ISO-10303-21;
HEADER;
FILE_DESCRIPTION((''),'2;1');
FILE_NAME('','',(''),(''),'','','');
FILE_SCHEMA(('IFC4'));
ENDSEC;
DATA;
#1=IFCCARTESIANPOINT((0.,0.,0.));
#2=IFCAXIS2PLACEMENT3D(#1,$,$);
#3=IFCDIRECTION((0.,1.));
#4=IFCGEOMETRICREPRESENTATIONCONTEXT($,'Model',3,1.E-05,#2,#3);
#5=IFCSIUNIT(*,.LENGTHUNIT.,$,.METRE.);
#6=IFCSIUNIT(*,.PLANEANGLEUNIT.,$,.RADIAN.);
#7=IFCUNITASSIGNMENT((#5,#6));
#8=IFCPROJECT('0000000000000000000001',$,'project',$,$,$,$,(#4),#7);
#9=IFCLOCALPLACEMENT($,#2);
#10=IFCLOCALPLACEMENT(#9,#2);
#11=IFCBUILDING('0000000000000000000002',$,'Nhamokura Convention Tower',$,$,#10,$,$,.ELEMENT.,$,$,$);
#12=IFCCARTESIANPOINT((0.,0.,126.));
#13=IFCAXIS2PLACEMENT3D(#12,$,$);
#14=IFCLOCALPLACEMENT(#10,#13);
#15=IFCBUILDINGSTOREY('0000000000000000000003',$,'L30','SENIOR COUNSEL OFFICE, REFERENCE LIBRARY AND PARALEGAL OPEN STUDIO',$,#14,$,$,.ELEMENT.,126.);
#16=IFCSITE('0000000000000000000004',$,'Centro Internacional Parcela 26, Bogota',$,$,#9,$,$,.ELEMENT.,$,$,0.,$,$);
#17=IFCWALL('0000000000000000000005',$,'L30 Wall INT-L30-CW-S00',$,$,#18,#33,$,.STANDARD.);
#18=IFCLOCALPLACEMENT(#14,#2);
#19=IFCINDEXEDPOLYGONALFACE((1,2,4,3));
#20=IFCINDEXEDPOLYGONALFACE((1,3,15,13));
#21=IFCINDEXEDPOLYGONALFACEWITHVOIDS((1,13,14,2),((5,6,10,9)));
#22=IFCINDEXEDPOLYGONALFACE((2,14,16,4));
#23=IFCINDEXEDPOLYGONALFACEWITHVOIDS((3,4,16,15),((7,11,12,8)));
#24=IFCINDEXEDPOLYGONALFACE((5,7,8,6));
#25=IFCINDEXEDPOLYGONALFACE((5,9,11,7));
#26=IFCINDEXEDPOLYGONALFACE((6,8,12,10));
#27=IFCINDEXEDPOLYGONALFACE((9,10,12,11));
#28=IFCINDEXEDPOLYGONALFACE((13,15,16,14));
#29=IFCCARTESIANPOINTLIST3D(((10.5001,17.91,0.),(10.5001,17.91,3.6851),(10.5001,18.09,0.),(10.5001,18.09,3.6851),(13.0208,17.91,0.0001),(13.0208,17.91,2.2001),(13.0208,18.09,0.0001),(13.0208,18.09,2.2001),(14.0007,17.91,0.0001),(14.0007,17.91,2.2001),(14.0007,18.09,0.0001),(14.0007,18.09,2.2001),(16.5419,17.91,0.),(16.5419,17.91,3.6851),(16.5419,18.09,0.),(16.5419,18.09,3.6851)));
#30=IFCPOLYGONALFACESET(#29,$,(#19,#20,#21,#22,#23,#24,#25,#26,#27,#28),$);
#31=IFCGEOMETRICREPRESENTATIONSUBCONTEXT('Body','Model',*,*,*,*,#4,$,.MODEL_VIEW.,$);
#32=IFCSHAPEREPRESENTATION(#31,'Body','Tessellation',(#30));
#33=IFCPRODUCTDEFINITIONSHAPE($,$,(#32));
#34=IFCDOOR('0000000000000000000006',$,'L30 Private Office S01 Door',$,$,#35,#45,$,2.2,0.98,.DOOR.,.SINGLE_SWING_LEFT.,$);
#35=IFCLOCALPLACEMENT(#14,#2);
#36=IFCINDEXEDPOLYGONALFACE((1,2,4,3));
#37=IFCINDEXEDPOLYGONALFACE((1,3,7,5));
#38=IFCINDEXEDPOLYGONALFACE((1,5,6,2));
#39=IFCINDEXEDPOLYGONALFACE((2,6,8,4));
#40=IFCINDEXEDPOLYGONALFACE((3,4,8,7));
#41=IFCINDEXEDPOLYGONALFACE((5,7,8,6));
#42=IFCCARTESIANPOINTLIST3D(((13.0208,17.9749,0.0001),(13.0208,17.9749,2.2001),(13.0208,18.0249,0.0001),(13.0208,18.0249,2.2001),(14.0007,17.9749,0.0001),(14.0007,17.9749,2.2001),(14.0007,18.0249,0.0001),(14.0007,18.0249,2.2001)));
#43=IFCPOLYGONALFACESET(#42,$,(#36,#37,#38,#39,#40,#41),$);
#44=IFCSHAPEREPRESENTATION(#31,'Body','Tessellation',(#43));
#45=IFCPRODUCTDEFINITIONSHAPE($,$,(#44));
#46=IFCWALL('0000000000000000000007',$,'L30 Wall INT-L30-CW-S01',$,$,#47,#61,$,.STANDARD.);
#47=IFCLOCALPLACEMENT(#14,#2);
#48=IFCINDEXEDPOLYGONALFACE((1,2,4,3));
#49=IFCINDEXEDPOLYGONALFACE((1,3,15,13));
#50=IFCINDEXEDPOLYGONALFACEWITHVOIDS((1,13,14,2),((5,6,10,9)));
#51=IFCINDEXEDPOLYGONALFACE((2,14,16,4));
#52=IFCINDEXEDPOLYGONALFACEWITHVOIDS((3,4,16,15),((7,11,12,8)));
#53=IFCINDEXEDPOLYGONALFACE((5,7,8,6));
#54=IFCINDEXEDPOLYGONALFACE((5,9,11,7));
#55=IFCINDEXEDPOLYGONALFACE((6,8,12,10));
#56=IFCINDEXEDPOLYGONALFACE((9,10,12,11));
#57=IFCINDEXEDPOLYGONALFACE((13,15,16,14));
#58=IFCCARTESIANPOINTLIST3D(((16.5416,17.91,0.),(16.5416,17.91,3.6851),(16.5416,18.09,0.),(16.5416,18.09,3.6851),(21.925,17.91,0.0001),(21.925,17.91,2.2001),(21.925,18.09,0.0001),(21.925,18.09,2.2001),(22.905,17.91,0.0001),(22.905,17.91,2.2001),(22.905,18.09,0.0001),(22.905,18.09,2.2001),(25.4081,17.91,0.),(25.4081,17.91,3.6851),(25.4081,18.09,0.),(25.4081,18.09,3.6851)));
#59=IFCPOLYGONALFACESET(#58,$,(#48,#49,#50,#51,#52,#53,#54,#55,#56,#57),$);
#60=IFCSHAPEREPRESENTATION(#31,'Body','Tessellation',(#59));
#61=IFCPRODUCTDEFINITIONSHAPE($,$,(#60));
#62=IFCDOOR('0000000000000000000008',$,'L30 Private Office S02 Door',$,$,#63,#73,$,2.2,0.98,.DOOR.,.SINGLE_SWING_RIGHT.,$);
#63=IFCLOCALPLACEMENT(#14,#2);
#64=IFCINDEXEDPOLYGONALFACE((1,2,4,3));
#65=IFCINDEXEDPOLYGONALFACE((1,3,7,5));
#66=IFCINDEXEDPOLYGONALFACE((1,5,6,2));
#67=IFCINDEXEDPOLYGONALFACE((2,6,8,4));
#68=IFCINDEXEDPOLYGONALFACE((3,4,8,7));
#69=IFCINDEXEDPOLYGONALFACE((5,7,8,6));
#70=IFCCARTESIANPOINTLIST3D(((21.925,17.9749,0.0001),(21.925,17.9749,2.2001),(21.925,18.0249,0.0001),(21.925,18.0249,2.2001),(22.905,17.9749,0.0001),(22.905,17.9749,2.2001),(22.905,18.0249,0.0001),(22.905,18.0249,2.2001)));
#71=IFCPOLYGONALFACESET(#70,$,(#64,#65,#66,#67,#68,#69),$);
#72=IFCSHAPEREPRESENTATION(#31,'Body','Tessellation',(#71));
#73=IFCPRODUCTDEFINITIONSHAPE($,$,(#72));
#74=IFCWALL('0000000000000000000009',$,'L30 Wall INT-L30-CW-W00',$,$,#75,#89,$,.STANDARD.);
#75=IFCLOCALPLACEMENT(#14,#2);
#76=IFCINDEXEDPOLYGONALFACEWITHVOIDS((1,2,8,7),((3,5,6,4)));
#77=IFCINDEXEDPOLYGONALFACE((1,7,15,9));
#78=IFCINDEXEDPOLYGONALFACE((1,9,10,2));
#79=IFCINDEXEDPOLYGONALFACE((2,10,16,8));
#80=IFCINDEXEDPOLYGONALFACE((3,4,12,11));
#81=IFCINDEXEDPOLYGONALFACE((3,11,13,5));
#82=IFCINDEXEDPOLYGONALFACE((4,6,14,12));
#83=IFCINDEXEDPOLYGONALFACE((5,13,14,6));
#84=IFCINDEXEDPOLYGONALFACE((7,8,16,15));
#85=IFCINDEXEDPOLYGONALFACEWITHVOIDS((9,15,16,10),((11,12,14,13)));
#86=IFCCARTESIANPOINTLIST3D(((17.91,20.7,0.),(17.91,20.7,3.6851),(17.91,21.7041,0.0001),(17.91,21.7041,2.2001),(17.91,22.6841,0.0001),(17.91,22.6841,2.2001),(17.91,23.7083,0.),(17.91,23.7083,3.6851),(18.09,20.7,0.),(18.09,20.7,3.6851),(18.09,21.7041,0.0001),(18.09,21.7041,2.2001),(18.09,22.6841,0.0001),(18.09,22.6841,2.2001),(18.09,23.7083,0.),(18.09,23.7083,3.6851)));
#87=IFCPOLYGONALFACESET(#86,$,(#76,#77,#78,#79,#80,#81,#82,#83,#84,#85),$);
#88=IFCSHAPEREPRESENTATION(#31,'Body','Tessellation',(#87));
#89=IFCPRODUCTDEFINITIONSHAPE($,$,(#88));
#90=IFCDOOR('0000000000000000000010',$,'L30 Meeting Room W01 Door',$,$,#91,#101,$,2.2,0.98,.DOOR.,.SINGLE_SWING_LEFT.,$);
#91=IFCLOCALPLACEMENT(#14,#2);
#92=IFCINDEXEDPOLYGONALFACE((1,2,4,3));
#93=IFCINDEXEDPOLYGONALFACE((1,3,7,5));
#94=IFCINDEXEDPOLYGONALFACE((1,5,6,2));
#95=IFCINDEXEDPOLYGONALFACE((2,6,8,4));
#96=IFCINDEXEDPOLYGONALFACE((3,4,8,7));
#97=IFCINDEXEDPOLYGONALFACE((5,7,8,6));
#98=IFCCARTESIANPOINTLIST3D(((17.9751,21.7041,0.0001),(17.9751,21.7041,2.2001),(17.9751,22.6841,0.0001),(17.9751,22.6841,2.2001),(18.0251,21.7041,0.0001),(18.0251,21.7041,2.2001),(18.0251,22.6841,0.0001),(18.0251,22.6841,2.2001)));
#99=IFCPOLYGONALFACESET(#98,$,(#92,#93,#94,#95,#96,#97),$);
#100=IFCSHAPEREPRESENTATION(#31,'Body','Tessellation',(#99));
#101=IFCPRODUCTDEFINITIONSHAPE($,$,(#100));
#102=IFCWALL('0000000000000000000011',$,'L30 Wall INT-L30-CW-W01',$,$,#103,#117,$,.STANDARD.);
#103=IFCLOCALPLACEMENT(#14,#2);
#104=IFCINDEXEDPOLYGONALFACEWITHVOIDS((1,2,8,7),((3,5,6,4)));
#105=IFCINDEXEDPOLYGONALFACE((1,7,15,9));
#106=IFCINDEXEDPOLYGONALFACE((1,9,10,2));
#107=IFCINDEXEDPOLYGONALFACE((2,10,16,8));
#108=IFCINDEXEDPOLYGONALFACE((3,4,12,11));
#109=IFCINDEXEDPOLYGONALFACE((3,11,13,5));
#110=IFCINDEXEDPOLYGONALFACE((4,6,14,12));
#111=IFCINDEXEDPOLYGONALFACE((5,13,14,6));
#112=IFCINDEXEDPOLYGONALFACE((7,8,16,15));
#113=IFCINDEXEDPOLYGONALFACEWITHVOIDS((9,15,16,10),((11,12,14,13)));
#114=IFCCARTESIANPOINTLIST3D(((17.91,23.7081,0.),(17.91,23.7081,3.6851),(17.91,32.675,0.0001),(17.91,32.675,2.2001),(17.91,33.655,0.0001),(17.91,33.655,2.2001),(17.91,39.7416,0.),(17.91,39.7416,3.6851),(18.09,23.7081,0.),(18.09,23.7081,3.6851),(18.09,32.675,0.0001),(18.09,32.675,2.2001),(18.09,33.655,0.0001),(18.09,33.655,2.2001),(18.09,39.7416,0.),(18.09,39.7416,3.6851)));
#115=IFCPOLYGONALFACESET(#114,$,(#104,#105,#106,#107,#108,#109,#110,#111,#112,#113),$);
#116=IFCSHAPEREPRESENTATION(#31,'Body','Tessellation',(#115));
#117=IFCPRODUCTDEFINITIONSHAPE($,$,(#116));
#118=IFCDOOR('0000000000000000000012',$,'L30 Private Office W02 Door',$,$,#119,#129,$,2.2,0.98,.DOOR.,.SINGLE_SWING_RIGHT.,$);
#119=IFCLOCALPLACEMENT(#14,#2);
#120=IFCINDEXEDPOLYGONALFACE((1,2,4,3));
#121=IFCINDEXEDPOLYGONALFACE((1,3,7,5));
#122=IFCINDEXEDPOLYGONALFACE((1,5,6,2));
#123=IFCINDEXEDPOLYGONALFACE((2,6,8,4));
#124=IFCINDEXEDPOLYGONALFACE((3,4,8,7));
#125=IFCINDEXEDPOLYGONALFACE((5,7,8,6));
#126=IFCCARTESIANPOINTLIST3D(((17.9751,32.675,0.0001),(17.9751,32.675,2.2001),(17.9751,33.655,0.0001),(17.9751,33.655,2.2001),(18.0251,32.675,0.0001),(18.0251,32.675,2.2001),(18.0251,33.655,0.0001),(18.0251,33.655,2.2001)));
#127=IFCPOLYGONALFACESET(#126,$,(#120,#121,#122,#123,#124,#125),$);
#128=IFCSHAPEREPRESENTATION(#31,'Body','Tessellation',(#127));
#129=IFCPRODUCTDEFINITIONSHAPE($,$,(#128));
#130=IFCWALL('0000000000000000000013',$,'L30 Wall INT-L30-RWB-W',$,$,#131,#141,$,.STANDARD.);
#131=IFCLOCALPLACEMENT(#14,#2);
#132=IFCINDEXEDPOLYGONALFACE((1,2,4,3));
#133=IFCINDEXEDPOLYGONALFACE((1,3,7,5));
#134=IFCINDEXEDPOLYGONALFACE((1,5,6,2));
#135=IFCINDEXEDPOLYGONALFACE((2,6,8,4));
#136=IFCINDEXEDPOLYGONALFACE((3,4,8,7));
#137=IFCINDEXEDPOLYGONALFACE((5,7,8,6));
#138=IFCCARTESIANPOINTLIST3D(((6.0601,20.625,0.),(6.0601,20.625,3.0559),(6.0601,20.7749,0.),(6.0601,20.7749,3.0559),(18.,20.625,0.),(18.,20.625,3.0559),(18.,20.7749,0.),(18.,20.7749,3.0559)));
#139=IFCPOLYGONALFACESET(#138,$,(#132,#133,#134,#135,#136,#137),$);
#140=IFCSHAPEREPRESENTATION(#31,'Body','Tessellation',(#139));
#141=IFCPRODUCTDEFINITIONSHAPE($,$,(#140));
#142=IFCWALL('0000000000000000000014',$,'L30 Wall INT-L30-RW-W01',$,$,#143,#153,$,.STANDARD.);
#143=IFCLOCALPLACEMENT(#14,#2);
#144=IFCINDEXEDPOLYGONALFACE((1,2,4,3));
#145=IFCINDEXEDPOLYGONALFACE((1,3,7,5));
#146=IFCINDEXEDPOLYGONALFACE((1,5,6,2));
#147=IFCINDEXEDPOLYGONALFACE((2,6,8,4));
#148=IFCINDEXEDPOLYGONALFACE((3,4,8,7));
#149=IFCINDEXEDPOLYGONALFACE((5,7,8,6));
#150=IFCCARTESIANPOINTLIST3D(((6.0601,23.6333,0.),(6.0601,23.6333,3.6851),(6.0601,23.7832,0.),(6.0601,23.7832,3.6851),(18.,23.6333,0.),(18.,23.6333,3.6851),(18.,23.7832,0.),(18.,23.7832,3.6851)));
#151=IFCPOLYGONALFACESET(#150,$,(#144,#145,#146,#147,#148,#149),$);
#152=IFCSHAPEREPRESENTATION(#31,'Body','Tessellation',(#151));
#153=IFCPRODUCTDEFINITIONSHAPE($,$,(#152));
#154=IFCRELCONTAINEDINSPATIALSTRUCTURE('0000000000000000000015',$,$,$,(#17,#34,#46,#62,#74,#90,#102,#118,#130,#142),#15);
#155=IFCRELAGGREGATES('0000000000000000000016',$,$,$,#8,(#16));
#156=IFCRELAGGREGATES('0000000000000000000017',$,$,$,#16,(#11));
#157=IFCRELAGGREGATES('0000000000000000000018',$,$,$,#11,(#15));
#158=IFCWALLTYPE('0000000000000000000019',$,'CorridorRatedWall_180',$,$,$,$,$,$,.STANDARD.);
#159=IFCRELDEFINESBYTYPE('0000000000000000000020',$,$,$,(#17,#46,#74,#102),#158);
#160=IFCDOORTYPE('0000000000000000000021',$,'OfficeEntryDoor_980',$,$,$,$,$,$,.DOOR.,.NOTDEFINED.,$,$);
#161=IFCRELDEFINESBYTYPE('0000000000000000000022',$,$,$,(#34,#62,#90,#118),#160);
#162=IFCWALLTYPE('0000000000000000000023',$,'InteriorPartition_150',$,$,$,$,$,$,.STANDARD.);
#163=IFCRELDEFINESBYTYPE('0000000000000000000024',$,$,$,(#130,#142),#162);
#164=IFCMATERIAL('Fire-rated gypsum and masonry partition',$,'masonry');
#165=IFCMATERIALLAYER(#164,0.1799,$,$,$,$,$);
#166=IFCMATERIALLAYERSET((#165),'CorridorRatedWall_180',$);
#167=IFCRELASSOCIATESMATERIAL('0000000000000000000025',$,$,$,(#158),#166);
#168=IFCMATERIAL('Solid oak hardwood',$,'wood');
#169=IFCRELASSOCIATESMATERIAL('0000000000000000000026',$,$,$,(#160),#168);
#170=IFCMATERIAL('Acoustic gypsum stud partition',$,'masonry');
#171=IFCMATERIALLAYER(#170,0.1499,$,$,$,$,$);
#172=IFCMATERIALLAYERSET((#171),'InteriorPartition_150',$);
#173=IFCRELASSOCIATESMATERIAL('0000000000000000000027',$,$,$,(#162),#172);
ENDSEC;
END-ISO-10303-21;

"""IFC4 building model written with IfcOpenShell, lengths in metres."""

from ifc_helpers import new_model, si_unit, direction, frame, frame_2d, origin, place, context, subcontext, project, spatial, rectangle, extrude, material, layer, layer_set, type_object, element, fill, save


model = new_model("IFC4")

# Units and contexts
model_context = context("Model", 3, precision=1e-05, world=origin(), true_north=direction((0.0, 1.0)))
body_context = subcontext(model_context, "Body", "Model", "MODEL_VIEW")
ifc_project = project(units=[si_unit("LENGTHUNIT", "METRE"), si_unit("PLANEANGLEUNIT", "RADIAN")], contexts=[model_context])

# Site, building, storey
site_placement = place(None, origin())
site = spatial("IfcSite", under=ifc_project, at=site_placement, Name="Centro Internacional Parcela 26, Bogota", CompositionType="ELEMENT", RefElevation=0.0)
building_placement = place(site_placement, origin())
building = spatial("IfcBuilding", under=site, at=building_placement, Name="Nhamokura Convention Tower", CompositionType="ELEMENT")
storey_placement = place(building_placement, frame((0.0, 0.0, 126.0)))
storey = spatial("IfcBuildingStorey", under=building, at=storey_placement, Name="L30", Description="SENIOR COUNSEL OFFICE, REFERENCE LIBRARY AND PARALEGAL OPEN STUDIO", CompositionType="ELEMENT", Elevation=126.0)

# Walls, openings, doors
ifc_material_1 = material(Name="Fire-rated gypsum and masonry partition", Category="masonry")
ifc_layer_1 = layer(ifc_material_1, 0.1799)
ifc_layer_set_1 = layer_set([ifc_layer_1], Name="CorridorRatedWall_180")
wall_type_1 = type_object("IfcWallType", Name="CorridorRatedWall_180", PredefinedType="STANDARD", material=ifc_layer_set_1)
wall_1_placement = place(storey_placement, frame((10.5, 18.0, 0.0), z_axis=(0.0, 0.0, 1.0), x_axis=(1.0, 0.0, 0.0)))
wall_1 = element("IfcWall", 1, at=wall_1_placement, inside=storey, type_object=wall_type_1, Name="L30 Wall INT-L30-CW-S00", PredefinedType="STANDARD", context=body_context, shape_type="SweptSolid", body=[
    extrude(rectangle(XDim=6.0417, YDim=0.1799, at=frame_2d((3.021, 0.0))), origin(), (0.0, 0.0, 1.0), 3.6851),
])
opening_1_placement = place(wall_1_placement, frame((2.5208, 0.0, 0.0)))
opening_1 = element("IfcOpeningElement", 2, at=opening_1_placement, cuts=wall_1, PredefinedType="OPENING", context=body_context, shape_type="SweptSolid", body=[
    extrude(rectangle(XDim=0.98, YDim=2.2, at=frame_2d((0.49, 1.1001))), frame((0.0, 0.0999, 0.0), z_axis=(0.0, -1.0, 0.0), x_axis=(1.0, 0.0, 0.0)), (0.0, 0.0, 1.0), 0.2),
])
ifc_material_2 = material(Name="Solid oak hardwood", Category="wood")
door_type_1 = type_object("IfcDoorType", Name="OfficeEntryDoor_980", OperationType="NOTDEFINED", PredefinedType="DOOR", material=ifc_material_2)
door_1_placement = place(opening_1_placement, origin())
door_1 = element("IfcDoor", 3, at=door_1_placement, inside=storey, type_object=door_type_1, Name="L30 Private Office S01 Door", OperationType="SINGLE_SWING_LEFT", OverallHeight=2.2, OverallWidth=0.98, PredefinedType="DOOR", context=body_context, shape_type="SweptSolid", body=[
    extrude(rectangle(XDim=0.98, YDim=2.2, at=frame_2d((0.49, 1.1001))), frame((0.0, 0.0249, 0.0), z_axis=(0.0, -1.0, 0.0), x_axis=(1.0, 0.0, 0.0)), (0.0, 0.0, 1.0), 0.05),
])
fill(opening_1, door_1)
wall_2_placement = place(storey_placement, frame((16.5417, 18.0, 0.0), z_axis=(0.0, 0.0, 1.0), x_axis=(1.0, 0.0, 0.0)))
wall_2 = element("IfcWall", 4, at=wall_2_placement, inside=storey, type_object=wall_type_1, Name="L30 Wall INT-L30-CW-S01", PredefinedType="STANDARD", context=body_context, shape_type="SweptSolid", body=[
    extrude(rectangle(XDim=8.8665, YDim=0.1799, at=frame_2d((4.4331, 0.0))), origin(), (0.0, 0.0, 1.0), 3.6851),
])
opening_2_placement = place(wall_2_placement, frame((5.3833, 0.0, 0.0)))
opening_2 = element("IfcOpeningElement", 5, at=opening_2_placement, cuts=wall_2, PredefinedType="OPENING", context=body_context, shape_type="SweptSolid", body=[
    extrude(rectangle(XDim=0.98, YDim=2.2, at=frame_2d((0.49, 1.1001))), frame((0.0, 0.0999, 0.0), z_axis=(0.0, -1.0, 0.0), x_axis=(1.0, 0.0, 0.0)), (0.0, 0.0, 1.0), 0.2),
])
door_2_placement = place(opening_2_placement, origin())
door_2 = element("IfcDoor", 6, at=door_2_placement, inside=storey, type_object=door_type_1, Name="L30 Private Office S02 Door", OperationType="SINGLE_SWING_RIGHT", OverallHeight=2.2, OverallWidth=0.98, PredefinedType="DOOR", context=body_context, shape_type="SweptSolid", body=[
    extrude(rectangle(XDim=0.98, YDim=2.2, at=frame_2d((0.49, 1.1001))), frame((0.0, 0.0249, 0.0), z_axis=(0.0, -1.0, 0.0), x_axis=(1.0, 0.0, 0.0)), (0.0, 0.0, 1.0), 0.05),
])
fill(opening_2, door_2)
wall_3_placement = place(storey_placement, frame((18.0, 20.7, 0.0), z_axis=(0.0, 0.0, 1.0), x_axis=(0.0, 1.0, 0.0)))
wall_3 = element("IfcWall", 7, at=wall_3_placement, inside=storey, type_object=wall_type_1, Name="L30 Wall INT-L30-CW-W00", PredefinedType="STANDARD", context=body_context, shape_type="SweptSolid", body=[
    extrude(rectangle(XDim=3.0083, YDim=0.1799, at=frame_2d((1.5042, 0.0))), origin(), (0.0, 0.0, 1.0), 3.6851),
])
opening_3_placement = place(wall_3_placement, frame((1.0042, 0.0, 0.0)))
opening_3 = element("IfcOpeningElement", 8, at=opening_3_placement, cuts=wall_3, PredefinedType="OPENING", context=body_context, shape_type="SweptSolid", body=[
    extrude(rectangle(XDim=0.98, YDim=2.2, at=frame_2d((0.49, 1.1001))), frame((0.0, 0.0999, 0.0), z_axis=(0.0, -1.0, 0.0), x_axis=(1.0, 0.0, 0.0)), (0.0, 0.0, 1.0), 0.2),
])
door_3_placement = place(opening_3_placement, origin())
door_3 = element("IfcDoor", 9, at=door_3_placement, inside=storey, type_object=door_type_1, Name="L30 Meeting Room W01 Door", OperationType="SINGLE_SWING_LEFT", OverallHeight=2.2, OverallWidth=0.98, PredefinedType="DOOR", context=body_context, shape_type="SweptSolid", body=[
    extrude(rectangle(XDim=0.98, YDim=2.2, at=frame_2d((0.49, 1.1001))), frame((0.0, 0.0249, 0.0), z_axis=(0.0, -1.0, 0.0), x_axis=(1.0, 0.0, 0.0)), (0.0, 0.0, 1.0), 0.05),
])
fill(opening_3, door_3)
wall_4_placement = place(storey_placement, frame((18.0, 23.7083, 0.0), z_axis=(0.0, 0.0, 1.0), x_axis=(0.0, 1.0, 0.0)))
wall_4 = element("IfcWall", 10, at=wall_4_placement, inside=storey, type_object=wall_type_1, Name="L30 Wall INT-L30-CW-W01", PredefinedType="STANDARD", context=body_context, shape_type="SweptSolid", body=[
    extrude(rectangle(XDim=16.0334, YDim=0.1799, at=frame_2d((8.0166, 0.0))), origin(), (0.0, 0.0, 1.0), 3.6851),
])
opening_4_placement = place(wall_4_placement, frame((8.9668, 0.0, 0.0)))
opening_4 = element("IfcOpeningElement", 11, at=opening_4_placement, cuts=wall_4, PredefinedType="OPENING", context=body_context, shape_type="SweptSolid", body=[
    extrude(rectangle(XDim=0.98, YDim=2.2, at=frame_2d((0.49, 1.1001))), frame((0.0, 0.0999, 0.0), z_axis=(0.0, -1.0, 0.0), x_axis=(1.0, 0.0, 0.0)), (0.0, 0.0, 1.0), 0.2),
])
door_4_placement = place(opening_4_placement, origin())
door_4 = element("IfcDoor", 12, at=door_4_placement, inside=storey, type_object=door_type_1, Name="L30 Private Office W02 Door", OperationType="SINGLE_SWING_RIGHT", OverallHeight=2.2, OverallWidth=0.98, PredefinedType="DOOR", context=body_context, shape_type="SweptSolid", body=[
    extrude(rectangle(XDim=0.98, YDim=2.2, at=frame_2d((0.49, 1.1001))), frame((0.0, 0.0249, 0.0), z_axis=(0.0, -1.0, 0.0), x_axis=(1.0, 0.0, 0.0)), (0.0, 0.0, 1.0), 0.05),
])
fill(opening_4, door_4)

# Walls
ifc_material_3 = material(Name="Acoustic gypsum stud partition", Category="masonry")
ifc_layer_2 = layer(ifc_material_3, 0.1499)
ifc_layer_set_2 = layer_set([ifc_layer_2], Name="InteriorPartition_150")
wall_type_2 = type_object("IfcWallType", Name="InteriorPartition_150", PredefinedType="STANDARD", material=ifc_layer_set_2)
wall_5_placement = place(storey_placement, frame((6.0601, 20.7, 0.0), z_axis=(0.0, 0.0, 1.0), x_axis=(1.0, 0.0, 0.0)))
element("IfcWall", 13, at=wall_5_placement, inside=storey, type_object=wall_type_2, Name="L30 Wall INT-L30-RWB-W", PredefinedType="STANDARD", context=body_context, shape_type="SweptSolid", body=[
    extrude(rectangle(XDim=11.9399, YDim=0.1499, at=frame_2d((5.97, 0.0))), origin(), (0.0, 0.0, 1.0), 3.0559),
])
wall_6_placement = place(storey_placement, frame((6.0601, 23.7083, 0.0), z_axis=(0.0, 0.0, 1.0), x_axis=(1.0, 0.0, 0.0)))
element("IfcWall", 14, at=wall_6_placement, inside=storey, type_object=wall_type_2, Name="L30 Wall INT-L30-RW-W01", PredefinedType="STANDARD", context=body_context, shape_type="SweptSolid", body=[
    extrude(rectangle(XDim=11.9399, YDim=0.1499, at=frame_2d((5.97, 0.0))), origin(), (0.0, 0.0, 1.0), 3.6851),
])

save(model, "model.ifc")
